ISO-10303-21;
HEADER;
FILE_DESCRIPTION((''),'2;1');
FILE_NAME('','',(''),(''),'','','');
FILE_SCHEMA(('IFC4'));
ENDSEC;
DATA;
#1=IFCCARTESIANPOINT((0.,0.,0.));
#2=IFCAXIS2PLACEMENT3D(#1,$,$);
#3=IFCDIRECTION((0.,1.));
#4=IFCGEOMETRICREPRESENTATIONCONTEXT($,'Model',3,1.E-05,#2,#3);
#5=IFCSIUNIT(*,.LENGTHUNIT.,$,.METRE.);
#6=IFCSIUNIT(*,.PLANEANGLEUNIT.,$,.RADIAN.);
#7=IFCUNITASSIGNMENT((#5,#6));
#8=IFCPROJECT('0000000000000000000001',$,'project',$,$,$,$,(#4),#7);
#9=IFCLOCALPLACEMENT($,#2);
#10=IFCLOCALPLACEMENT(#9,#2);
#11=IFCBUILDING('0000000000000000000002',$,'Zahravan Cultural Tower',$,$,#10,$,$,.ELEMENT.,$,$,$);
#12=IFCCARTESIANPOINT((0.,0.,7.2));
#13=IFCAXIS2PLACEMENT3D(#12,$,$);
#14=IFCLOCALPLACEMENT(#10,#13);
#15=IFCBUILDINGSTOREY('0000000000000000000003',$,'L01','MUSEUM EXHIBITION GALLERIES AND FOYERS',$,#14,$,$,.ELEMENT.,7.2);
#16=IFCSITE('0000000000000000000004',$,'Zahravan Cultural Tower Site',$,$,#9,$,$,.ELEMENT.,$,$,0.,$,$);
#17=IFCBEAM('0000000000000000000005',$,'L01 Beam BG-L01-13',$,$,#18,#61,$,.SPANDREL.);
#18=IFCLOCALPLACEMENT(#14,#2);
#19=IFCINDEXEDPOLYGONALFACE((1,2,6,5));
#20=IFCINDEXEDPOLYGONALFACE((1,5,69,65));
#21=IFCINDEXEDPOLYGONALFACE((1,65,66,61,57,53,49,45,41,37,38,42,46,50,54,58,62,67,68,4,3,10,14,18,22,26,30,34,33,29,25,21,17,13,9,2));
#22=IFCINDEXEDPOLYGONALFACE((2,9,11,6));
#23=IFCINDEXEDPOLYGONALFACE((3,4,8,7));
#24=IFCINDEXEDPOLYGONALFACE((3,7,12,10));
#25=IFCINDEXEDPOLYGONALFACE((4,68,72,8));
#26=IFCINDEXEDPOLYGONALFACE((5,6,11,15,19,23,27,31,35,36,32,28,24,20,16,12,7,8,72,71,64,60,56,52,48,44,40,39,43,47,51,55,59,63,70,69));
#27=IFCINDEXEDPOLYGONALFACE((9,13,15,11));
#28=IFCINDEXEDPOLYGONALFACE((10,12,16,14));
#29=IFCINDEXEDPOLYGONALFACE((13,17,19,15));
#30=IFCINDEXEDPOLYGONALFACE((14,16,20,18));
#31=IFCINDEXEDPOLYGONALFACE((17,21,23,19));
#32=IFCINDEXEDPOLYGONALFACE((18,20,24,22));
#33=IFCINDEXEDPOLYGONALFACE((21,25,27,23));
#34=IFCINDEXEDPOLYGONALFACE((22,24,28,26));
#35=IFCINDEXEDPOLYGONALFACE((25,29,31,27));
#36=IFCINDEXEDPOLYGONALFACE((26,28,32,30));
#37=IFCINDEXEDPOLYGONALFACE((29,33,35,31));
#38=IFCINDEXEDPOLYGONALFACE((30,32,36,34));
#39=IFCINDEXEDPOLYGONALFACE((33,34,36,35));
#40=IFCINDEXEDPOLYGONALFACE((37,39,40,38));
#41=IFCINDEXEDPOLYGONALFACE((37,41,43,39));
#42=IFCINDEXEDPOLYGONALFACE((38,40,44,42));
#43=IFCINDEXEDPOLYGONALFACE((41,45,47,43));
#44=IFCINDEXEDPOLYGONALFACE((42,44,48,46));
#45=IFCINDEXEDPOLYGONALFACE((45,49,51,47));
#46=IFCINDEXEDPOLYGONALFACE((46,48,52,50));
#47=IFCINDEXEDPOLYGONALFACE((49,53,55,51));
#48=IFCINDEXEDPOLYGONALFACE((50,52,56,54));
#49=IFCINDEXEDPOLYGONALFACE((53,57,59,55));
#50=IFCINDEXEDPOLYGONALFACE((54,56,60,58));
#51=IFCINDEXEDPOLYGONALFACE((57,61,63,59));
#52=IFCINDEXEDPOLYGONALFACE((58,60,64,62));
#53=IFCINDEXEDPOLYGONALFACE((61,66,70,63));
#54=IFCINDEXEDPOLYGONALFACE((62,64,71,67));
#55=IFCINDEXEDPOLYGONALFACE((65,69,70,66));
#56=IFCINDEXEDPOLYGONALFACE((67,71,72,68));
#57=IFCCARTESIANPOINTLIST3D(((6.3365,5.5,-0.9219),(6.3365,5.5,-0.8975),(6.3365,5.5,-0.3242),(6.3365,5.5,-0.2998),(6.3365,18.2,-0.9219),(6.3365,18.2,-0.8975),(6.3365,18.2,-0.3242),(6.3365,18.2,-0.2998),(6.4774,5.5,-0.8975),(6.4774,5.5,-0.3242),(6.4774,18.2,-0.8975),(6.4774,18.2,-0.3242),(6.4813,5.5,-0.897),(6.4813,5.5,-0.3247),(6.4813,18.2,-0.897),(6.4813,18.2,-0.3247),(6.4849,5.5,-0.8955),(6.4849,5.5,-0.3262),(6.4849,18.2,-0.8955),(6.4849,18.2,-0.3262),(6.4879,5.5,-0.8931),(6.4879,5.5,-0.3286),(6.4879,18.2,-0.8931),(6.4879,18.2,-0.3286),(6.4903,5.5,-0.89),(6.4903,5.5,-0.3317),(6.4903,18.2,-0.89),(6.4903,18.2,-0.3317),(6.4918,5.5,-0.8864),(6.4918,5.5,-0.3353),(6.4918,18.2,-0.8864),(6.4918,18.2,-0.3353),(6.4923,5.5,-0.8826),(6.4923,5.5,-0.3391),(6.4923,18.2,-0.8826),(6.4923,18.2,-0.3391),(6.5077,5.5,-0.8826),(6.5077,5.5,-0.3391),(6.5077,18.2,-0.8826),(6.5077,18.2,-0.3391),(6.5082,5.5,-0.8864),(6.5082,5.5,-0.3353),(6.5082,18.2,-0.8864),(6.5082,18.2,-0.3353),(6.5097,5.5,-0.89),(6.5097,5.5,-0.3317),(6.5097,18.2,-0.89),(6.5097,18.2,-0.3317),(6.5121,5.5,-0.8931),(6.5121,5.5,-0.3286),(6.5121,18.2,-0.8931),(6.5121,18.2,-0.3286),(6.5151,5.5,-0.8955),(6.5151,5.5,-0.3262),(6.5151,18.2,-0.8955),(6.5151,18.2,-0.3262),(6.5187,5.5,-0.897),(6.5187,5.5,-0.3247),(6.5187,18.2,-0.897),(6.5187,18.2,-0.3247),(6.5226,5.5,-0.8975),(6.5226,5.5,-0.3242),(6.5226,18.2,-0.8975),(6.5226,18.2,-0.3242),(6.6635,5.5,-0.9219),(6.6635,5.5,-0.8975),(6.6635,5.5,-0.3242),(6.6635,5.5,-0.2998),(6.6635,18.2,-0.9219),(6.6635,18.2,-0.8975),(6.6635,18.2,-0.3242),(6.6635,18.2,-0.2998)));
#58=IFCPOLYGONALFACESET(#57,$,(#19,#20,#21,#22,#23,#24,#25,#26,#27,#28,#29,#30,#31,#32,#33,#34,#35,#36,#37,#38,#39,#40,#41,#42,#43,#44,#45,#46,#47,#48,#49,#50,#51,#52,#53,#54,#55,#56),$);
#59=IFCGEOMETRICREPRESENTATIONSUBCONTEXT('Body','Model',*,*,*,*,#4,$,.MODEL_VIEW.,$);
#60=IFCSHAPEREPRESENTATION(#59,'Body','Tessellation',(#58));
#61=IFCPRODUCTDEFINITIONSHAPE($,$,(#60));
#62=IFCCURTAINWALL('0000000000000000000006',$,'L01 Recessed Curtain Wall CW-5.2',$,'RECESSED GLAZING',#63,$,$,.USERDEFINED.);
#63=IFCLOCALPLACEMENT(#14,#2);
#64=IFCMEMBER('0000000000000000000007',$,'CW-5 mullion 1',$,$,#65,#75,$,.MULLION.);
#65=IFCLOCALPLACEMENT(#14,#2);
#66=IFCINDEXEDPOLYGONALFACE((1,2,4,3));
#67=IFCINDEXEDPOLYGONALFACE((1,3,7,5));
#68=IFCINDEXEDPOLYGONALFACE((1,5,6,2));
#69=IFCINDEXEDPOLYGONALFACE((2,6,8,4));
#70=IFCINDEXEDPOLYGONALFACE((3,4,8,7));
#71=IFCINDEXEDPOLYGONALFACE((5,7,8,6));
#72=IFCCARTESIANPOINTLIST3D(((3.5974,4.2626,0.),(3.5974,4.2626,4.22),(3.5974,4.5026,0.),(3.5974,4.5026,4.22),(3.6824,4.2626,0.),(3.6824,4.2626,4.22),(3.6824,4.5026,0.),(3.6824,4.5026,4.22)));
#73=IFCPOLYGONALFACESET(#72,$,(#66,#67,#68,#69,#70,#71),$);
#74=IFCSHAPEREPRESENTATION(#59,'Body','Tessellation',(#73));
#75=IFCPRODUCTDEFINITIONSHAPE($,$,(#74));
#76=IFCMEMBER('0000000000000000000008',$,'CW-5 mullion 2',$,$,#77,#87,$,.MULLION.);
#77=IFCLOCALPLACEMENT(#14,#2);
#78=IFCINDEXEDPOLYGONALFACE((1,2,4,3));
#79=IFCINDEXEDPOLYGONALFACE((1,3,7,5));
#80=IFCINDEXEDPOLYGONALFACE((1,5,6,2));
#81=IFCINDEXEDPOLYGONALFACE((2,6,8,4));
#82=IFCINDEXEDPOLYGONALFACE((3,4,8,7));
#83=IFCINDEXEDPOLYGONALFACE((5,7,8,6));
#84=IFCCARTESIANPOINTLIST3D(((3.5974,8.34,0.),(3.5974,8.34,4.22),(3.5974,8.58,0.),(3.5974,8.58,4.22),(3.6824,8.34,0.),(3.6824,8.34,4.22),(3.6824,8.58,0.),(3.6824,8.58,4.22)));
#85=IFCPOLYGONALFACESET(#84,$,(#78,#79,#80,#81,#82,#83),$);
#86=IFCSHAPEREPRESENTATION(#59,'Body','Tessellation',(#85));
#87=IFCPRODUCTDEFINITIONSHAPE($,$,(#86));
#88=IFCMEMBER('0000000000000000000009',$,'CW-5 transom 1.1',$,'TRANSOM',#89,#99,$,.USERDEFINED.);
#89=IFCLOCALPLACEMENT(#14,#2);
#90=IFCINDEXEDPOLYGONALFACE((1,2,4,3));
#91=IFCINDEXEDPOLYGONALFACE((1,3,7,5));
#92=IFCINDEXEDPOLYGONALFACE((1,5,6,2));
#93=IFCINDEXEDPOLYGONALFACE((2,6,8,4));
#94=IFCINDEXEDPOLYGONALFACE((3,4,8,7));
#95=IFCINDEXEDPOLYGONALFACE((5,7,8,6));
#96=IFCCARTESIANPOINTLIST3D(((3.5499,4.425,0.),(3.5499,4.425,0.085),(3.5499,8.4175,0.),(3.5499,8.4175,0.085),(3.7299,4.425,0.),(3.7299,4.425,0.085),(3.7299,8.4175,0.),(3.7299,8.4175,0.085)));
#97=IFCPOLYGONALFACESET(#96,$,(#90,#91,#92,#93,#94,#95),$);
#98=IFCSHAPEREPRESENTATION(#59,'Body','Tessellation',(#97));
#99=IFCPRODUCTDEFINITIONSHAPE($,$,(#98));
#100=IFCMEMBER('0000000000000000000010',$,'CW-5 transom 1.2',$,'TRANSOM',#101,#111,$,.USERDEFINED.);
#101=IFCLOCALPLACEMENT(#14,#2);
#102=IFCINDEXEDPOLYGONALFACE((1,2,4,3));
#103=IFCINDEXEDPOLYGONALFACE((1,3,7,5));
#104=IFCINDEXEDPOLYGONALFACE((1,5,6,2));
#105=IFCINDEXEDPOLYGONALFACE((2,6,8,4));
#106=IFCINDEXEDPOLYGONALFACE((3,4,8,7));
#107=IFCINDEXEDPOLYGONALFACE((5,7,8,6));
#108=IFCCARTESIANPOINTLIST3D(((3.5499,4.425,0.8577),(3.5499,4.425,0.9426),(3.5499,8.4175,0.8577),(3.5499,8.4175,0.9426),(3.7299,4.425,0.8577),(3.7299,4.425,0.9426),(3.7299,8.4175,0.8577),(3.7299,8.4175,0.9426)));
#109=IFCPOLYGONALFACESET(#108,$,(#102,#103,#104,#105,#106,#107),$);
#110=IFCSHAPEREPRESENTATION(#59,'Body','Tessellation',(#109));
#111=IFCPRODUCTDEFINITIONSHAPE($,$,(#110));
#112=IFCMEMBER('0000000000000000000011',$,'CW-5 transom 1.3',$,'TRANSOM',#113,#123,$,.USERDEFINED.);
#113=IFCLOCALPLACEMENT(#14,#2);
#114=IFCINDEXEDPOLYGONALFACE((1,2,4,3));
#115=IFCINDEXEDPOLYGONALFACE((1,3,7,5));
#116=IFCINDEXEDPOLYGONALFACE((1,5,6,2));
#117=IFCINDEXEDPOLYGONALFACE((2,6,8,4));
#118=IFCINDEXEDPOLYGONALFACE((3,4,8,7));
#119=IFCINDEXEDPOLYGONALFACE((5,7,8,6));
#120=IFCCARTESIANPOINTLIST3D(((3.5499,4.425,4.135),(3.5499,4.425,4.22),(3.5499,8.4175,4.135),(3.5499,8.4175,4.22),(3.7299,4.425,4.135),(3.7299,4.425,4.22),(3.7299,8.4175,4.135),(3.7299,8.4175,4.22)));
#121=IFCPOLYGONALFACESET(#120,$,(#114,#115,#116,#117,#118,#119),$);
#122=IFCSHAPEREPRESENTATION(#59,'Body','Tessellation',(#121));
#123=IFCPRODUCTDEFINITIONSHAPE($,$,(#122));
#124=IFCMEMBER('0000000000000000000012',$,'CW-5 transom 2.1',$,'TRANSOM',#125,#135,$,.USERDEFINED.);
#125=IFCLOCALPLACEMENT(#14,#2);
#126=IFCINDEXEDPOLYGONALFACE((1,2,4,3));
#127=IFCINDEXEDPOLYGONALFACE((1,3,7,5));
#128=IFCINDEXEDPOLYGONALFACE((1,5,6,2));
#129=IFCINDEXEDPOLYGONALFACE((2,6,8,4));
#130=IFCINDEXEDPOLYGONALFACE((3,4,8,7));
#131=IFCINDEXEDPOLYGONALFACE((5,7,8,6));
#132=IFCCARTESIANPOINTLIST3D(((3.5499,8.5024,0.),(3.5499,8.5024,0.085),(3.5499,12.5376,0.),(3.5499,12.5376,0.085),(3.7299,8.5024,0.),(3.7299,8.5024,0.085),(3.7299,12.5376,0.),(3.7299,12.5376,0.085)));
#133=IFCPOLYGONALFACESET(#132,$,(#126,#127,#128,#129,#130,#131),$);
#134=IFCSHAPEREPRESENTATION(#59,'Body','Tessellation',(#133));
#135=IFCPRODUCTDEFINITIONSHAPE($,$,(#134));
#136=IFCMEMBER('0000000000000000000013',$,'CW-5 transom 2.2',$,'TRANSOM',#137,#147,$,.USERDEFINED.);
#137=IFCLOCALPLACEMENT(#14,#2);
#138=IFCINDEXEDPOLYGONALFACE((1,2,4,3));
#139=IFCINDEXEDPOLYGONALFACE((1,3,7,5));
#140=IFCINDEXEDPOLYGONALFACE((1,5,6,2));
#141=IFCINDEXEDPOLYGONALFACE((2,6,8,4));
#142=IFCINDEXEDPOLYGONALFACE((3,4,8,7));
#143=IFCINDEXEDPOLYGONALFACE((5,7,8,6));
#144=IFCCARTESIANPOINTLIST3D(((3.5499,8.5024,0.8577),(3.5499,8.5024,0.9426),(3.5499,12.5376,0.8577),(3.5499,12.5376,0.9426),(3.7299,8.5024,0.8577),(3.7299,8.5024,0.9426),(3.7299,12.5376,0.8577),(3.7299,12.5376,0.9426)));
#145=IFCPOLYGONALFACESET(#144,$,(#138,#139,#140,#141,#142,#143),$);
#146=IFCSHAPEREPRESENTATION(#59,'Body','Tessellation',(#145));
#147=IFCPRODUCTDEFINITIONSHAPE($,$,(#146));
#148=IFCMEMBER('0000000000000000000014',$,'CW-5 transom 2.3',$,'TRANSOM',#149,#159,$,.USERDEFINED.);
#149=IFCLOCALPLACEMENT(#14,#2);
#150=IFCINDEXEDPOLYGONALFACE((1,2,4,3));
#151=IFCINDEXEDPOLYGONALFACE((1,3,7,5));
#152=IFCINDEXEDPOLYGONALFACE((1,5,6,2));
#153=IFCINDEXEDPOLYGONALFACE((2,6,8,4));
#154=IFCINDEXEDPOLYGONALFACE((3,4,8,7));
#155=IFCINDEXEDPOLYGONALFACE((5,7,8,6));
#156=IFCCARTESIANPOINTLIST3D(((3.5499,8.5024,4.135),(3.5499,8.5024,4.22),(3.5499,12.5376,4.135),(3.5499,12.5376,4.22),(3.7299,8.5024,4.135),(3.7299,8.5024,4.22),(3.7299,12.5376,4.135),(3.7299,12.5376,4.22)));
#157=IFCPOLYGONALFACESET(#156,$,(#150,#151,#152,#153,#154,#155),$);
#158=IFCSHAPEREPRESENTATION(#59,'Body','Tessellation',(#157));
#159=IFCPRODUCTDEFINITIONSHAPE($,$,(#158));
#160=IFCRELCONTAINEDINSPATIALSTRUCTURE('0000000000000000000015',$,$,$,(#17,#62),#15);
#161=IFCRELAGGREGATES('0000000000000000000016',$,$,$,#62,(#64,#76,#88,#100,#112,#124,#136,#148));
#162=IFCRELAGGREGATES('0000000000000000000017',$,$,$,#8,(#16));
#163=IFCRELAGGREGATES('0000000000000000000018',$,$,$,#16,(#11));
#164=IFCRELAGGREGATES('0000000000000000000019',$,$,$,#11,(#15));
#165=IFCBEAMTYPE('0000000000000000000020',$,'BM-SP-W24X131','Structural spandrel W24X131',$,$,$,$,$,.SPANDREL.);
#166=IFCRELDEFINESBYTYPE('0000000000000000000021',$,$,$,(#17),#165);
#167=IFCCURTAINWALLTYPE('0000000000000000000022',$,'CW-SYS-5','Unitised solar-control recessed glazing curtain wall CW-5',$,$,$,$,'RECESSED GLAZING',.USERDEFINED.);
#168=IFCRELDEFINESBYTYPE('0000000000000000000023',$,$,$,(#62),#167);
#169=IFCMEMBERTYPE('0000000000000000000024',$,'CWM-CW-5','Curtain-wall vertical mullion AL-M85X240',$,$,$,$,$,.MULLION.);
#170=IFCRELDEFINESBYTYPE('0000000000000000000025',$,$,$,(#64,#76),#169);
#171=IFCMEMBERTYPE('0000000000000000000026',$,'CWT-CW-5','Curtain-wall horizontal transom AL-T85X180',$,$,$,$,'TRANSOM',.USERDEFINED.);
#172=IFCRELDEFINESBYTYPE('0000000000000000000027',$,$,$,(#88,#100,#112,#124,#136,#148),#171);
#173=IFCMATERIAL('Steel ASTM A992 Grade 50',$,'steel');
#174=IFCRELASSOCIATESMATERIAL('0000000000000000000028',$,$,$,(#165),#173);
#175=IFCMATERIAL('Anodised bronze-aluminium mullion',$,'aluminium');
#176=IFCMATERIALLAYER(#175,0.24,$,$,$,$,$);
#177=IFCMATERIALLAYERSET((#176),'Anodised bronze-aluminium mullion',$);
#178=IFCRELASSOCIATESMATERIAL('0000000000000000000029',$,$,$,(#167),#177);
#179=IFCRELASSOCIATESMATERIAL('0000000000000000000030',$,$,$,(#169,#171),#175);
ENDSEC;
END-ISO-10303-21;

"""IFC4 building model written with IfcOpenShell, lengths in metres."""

from ifc_helpers import new_model, si_unit, direction, frame, origin, origin_2d, place, context, subcontext, project, spatial, rectangle, i_section, extrude, source, transform, mapped, material, layer, layer_set, material_profile, profile_set, type_object, element, aggregate, save


model = new_model("IFC4")

# Units and contexts
model_context = context("Model", 3, precision=1e-05, world=origin(), true_north=direction((0.0, 1.0)))
body_context = subcontext(model_context, "Body", "Model", "MODEL_VIEW")
ifc_project = project(units=[si_unit("LENGTHUNIT", "METRE"), si_unit("PLANEANGLEUNIT", "RADIAN")], contexts=[model_context])

# Site, building, storey
site_placement = place(None, origin())
site = spatial("IfcSite", under=ifc_project, at=site_placement, Name="Zahravan Cultural Tower Site", CompositionType="ELEMENT", RefElevation=0.0)
building_placement = place(site_placement, origin())
building = spatial("IfcBuilding", under=site, at=building_placement, Name="Zahravan Cultural Tower", CompositionType="ELEMENT")
storey_placement = place(building_placement, frame((0.0, 0.0, 7.2)))
storey = spatial("IfcBuildingStorey", under=building, at=storey_placement, Name="L01", Description="MUSEUM EXHIBITION GALLERIES AND FOYERS", CompositionType="ELEMENT", Elevation=7.2)

# Beam
ifc_material_1 = material(Name="Steel ASTM A992 Grade 50", Category="steel")
ifc_material_profile_1 = material_profile(ifc_material_1, i_section(OverallWidth=0.3269, OverallDepth=0.6221, WebThickness=0.0154, FlangeThickness=0.0244, FilletRadius=0.0149, at=origin_2d()), Name="W24X131")
ifc_profile_set_1 = profile_set([ifc_material_profile_1], Name="Steel ASTM A992 Grade 50")
beam_type = type_object("IfcBeamType", Name="BM-SP-W24X131", Description="Structural spandrel W24X131", PredefinedType="SPANDREL", material=ifc_profile_set_1)
shared_shape_1 = source(origin(), body_context, "Body", "SweptSolid", [
    extrude(i_section(OverallWidth=0.3269, OverallDepth=0.6221, WebThickness=0.0154, FlangeThickness=0.0244, FilletRadius=0.0149, at=origin_2d()), origin(), (0.0, 0.0, 1.0), 12.7),
])
beam_1_placement = place(storey_placement, frame((6.5, 5.5, -0.6108), z_axis=(0.0, 1.0, 0.0), x_axis=(-1.0, 0.0, 0.0)))
element("IfcBeam", 1, at=beam_1_placement, inside=storey, type_object=beam_type, Name="L01 Beam BG-L01-13", PredefinedType="SPANDREL", context=body_context, shape_type="MappedRepresentation", body=[
    mapped(shared_shape_1, transform((0.0, 0.0, 0.0), x_axis=(1.0, 0.0, 0.0), y_axis=(0.0, 1.0, 0.0), z_axis=(0.0, 0.0, 1.0), scale=1.0)),
])

# Curtain wall, members
ifc_material_2 = material(Name="Anodised bronze-aluminium mullion", Category="aluminium")
ifc_layer_1 = layer(ifc_material_2, 0.24)
ifc_layer_set_1 = layer_set([ifc_layer_1], Name="Anodised bronze-aluminium mullion")
curtain_wall_type = type_object("IfcCurtainWallType", Name="CW-SYS-5", Description="Unitised solar-control recessed glazing curtain wall CW-5", ElementType="RECESSED GLAZING", PredefinedType="USERDEFINED", material=ifc_layer_set_1)
curtain_wall_placement = place(storey_placement, origin())
curtain_wall = element("IfcCurtainWall", 2, at=curtain_wall_placement, inside=storey, type_object=curtain_wall_type, Name="L01 Recessed Curtain Wall CW-5.2", ObjectType="RECESSED GLAZING", PredefinedType="USERDEFINED")
ifc_material_profile_2 = material_profile(ifc_material_2, rectangle(XDim=0.085, YDim=0.24, at=origin_2d()), Name="AL-M85X240")
ifc_profile_set_2 = profile_set([ifc_material_profile_2], Name="Anodised bronze-aluminium mullion")
member_type_1 = type_object("IfcMemberType", Name="CWM-CW-5", Description="Curtain-wall vertical mullion AL-M85X240", PredefinedType="MULLION", material=ifc_profile_set_2)
shared_shape_2 = source(origin(), body_context, "Body", "SweptSolid", [
    extrude(rectangle(XDim=0.085, YDim=0.24, at=origin_2d()), origin(), (0.0, 0.0, 1.0), 4.22),
])
member_1_placement = place(storey_placement, frame((3.6399, 4.3826, 0.0), z_axis=(0.0, 0.0, 1.0), x_axis=(-1.0, 0.0, 0.0)))
member_1 = element("IfcMember", 3, at=member_1_placement, type_object=member_type_1, Name="CW-5 mullion 1", PredefinedType="MULLION", context=body_context, shape_type="MappedRepresentation", body=[
    mapped(shared_shape_2, transform((0.0, 0.0, 0.0), x_axis=(1.0, 0.0, 0.0), y_axis=(0.0, 1.0, 0.0), z_axis=(0.0, 0.0, 1.0), scale=1.0)),
])
member_2_placement = place(storey_placement, frame((3.6399, 8.46, 0.0), z_axis=(0.0, 0.0, 1.0), x_axis=(-1.0, 0.0, 0.0)))
member_2 = element("IfcMember", 4, at=member_2_placement, type_object=member_type_1, Name="CW-5 mullion 2", PredefinedType="MULLION", context=body_context, shape_type="MappedRepresentation", body=[
    mapped(shared_shape_2, transform((0.0, 0.0, 0.0), x_axis=(1.0, 0.0, 0.0), y_axis=(0.0, 1.0, 0.0), z_axis=(0.0, 0.0, 1.0), scale=1.0)),
])
ifc_material_profile_3 = material_profile(ifc_material_2, rectangle(XDim=0.1799, YDim=0.085, at=origin_2d()), Name="AL-T85X180")
ifc_profile_set_3 = profile_set([ifc_material_profile_3], Name="Anodised bronze-aluminium mullion")
member_type_2 = type_object("IfcMemberType", Name="CWT-CW-5", Description="Curtain-wall horizontal transom AL-T85X180", ElementType="TRANSOM", PredefinedType="USERDEFINED", material=ifc_profile_set_3)
shared_shape_3 = source(origin(), body_context, "Body", "SweptSolid", [
    extrude(rectangle(XDim=0.1799, YDim=0.085, at=origin_2d()), origin(), (0.0, 0.0, 1.0), 3.9924),
])
member_3_placement = place(storey_placement, frame((3.6399, 4.425, 0.0425), z_axis=(0.0, 1.0, 0.0), x_axis=(-1.0, 0.0, 0.0)))
member_3 = element("IfcMember", 5, at=member_3_placement, type_object=member_type_2, Name="CW-5 transom 1.1", ObjectType="TRANSOM", PredefinedType="USERDEFINED", context=body_context, shape_type="MappedRepresentation", body=[
    mapped(shared_shape_3, transform((0.0, 0.0, 0.0), x_axis=(1.0, 0.0, 0.0), y_axis=(0.0, 1.0, 0.0), z_axis=(0.0, 0.0, 1.0), scale=1.0)),
])
member_4_placement = place(storey_placement, frame((3.6399, 4.425, 0.9001), z_axis=(0.0, 1.0, 0.0), x_axis=(-1.0, 0.0, 0.0)))
member_4 = element("IfcMember", 6, at=member_4_placement, type_object=member_type_2, Name="CW-5 transom 1.2", ObjectType="TRANSOM", PredefinedType="USERDEFINED", context=body_context, shape_type="MappedRepresentation", body=[
    mapped(shared_shape_3, transform((0.0, 0.0, 0.0), x_axis=(1.0, 0.0, 0.0), y_axis=(0.0, 1.0, 0.0), z_axis=(0.0, 0.0, 1.0), scale=1.0)),
])
member_5_placement = place(storey_placement, frame((3.6399, 4.425, 4.1775), z_axis=(0.0, 1.0, 0.0), x_axis=(-1.0, 0.0, 0.0)))
member_5 = element("IfcMember", 7, at=member_5_placement, type_object=member_type_2, Name="CW-5 transom 1.3", ObjectType="TRANSOM", PredefinedType="USERDEFINED", context=body_context, shape_type="MappedRepresentation", body=[
    mapped(shared_shape_3, transform((0.0, 0.0, 0.0), x_axis=(1.0, 0.0, 0.0), y_axis=(0.0, 1.0, 0.0), z_axis=(0.0, 0.0, 1.0), scale=1.0)),
])
shared_shape_4 = source(origin(), body_context, "Body", "SweptSolid", [
    extrude(rectangle(XDim=0.1799, YDim=0.085, at=origin_2d()), origin(), (0.0, 0.0, 1.0), 4.0352),
])
member_6_placement = place(storey_placement, frame((3.6399, 8.5024, 0.0425), z_axis=(0.0, 1.0, 0.0), x_axis=(-1.0, 0.0, 0.0)))
member_6 = element("IfcMember", 8, at=member_6_placement, type_object=member_type_2, Name="CW-5 transom 2.1", ObjectType="TRANSOM", PredefinedType="USERDEFINED", context=body_context, shape_type="MappedRepresentation", body=[
    mapped(shared_shape_4, transform((0.0, 0.0, 0.0), x_axis=(1.0, 0.0, 0.0), y_axis=(0.0, 1.0, 0.0), z_axis=(0.0, 0.0, 1.0), scale=1.0)),
])
member_7_placement = place(storey_placement, frame((3.6399, 8.5024, 0.9001), z_axis=(0.0, 1.0, 0.0), x_axis=(-1.0, 0.0, 0.0)))
member_7 = element("IfcMember", 9, at=member_7_placement, type_object=member_type_2, Name="CW-5 transom 2.2", ObjectType="TRANSOM", PredefinedType="USERDEFINED", context=body_context, shape_type="MappedRepresentation", body=[
    mapped(shared_shape_4, transform((0.0, 0.0, 0.0), x_axis=(1.0, 0.0, 0.0), y_axis=(0.0, 1.0, 0.0), z_axis=(0.0, 0.0, 1.0), scale=1.0)),
])
member_8_placement = place(storey_placement, frame((3.6399, 8.5024, 4.1775), z_axis=(0.0, 1.0, 0.0), x_axis=(-1.0, 0.0, 0.0)))
member_8 = element("IfcMember", 10, at=member_8_placement, type_object=member_type_2, Name="CW-5 transom 2.3", ObjectType="TRANSOM", PredefinedType="USERDEFINED", context=body_context, shape_type="MappedRepresentation", body=[
    mapped(shared_shape_4, transform((0.0, 0.0, 0.0), x_axis=(1.0, 0.0, 0.0), y_axis=(0.0, 1.0, 0.0), z_axis=(0.0, 0.0, 1.0), scale=1.0)),
])

aggregate(curtain_wall, [member_1, member_2, member_3, member_4, member_5, member_6, member_7, member_8])

save(model, "model.ifc")
